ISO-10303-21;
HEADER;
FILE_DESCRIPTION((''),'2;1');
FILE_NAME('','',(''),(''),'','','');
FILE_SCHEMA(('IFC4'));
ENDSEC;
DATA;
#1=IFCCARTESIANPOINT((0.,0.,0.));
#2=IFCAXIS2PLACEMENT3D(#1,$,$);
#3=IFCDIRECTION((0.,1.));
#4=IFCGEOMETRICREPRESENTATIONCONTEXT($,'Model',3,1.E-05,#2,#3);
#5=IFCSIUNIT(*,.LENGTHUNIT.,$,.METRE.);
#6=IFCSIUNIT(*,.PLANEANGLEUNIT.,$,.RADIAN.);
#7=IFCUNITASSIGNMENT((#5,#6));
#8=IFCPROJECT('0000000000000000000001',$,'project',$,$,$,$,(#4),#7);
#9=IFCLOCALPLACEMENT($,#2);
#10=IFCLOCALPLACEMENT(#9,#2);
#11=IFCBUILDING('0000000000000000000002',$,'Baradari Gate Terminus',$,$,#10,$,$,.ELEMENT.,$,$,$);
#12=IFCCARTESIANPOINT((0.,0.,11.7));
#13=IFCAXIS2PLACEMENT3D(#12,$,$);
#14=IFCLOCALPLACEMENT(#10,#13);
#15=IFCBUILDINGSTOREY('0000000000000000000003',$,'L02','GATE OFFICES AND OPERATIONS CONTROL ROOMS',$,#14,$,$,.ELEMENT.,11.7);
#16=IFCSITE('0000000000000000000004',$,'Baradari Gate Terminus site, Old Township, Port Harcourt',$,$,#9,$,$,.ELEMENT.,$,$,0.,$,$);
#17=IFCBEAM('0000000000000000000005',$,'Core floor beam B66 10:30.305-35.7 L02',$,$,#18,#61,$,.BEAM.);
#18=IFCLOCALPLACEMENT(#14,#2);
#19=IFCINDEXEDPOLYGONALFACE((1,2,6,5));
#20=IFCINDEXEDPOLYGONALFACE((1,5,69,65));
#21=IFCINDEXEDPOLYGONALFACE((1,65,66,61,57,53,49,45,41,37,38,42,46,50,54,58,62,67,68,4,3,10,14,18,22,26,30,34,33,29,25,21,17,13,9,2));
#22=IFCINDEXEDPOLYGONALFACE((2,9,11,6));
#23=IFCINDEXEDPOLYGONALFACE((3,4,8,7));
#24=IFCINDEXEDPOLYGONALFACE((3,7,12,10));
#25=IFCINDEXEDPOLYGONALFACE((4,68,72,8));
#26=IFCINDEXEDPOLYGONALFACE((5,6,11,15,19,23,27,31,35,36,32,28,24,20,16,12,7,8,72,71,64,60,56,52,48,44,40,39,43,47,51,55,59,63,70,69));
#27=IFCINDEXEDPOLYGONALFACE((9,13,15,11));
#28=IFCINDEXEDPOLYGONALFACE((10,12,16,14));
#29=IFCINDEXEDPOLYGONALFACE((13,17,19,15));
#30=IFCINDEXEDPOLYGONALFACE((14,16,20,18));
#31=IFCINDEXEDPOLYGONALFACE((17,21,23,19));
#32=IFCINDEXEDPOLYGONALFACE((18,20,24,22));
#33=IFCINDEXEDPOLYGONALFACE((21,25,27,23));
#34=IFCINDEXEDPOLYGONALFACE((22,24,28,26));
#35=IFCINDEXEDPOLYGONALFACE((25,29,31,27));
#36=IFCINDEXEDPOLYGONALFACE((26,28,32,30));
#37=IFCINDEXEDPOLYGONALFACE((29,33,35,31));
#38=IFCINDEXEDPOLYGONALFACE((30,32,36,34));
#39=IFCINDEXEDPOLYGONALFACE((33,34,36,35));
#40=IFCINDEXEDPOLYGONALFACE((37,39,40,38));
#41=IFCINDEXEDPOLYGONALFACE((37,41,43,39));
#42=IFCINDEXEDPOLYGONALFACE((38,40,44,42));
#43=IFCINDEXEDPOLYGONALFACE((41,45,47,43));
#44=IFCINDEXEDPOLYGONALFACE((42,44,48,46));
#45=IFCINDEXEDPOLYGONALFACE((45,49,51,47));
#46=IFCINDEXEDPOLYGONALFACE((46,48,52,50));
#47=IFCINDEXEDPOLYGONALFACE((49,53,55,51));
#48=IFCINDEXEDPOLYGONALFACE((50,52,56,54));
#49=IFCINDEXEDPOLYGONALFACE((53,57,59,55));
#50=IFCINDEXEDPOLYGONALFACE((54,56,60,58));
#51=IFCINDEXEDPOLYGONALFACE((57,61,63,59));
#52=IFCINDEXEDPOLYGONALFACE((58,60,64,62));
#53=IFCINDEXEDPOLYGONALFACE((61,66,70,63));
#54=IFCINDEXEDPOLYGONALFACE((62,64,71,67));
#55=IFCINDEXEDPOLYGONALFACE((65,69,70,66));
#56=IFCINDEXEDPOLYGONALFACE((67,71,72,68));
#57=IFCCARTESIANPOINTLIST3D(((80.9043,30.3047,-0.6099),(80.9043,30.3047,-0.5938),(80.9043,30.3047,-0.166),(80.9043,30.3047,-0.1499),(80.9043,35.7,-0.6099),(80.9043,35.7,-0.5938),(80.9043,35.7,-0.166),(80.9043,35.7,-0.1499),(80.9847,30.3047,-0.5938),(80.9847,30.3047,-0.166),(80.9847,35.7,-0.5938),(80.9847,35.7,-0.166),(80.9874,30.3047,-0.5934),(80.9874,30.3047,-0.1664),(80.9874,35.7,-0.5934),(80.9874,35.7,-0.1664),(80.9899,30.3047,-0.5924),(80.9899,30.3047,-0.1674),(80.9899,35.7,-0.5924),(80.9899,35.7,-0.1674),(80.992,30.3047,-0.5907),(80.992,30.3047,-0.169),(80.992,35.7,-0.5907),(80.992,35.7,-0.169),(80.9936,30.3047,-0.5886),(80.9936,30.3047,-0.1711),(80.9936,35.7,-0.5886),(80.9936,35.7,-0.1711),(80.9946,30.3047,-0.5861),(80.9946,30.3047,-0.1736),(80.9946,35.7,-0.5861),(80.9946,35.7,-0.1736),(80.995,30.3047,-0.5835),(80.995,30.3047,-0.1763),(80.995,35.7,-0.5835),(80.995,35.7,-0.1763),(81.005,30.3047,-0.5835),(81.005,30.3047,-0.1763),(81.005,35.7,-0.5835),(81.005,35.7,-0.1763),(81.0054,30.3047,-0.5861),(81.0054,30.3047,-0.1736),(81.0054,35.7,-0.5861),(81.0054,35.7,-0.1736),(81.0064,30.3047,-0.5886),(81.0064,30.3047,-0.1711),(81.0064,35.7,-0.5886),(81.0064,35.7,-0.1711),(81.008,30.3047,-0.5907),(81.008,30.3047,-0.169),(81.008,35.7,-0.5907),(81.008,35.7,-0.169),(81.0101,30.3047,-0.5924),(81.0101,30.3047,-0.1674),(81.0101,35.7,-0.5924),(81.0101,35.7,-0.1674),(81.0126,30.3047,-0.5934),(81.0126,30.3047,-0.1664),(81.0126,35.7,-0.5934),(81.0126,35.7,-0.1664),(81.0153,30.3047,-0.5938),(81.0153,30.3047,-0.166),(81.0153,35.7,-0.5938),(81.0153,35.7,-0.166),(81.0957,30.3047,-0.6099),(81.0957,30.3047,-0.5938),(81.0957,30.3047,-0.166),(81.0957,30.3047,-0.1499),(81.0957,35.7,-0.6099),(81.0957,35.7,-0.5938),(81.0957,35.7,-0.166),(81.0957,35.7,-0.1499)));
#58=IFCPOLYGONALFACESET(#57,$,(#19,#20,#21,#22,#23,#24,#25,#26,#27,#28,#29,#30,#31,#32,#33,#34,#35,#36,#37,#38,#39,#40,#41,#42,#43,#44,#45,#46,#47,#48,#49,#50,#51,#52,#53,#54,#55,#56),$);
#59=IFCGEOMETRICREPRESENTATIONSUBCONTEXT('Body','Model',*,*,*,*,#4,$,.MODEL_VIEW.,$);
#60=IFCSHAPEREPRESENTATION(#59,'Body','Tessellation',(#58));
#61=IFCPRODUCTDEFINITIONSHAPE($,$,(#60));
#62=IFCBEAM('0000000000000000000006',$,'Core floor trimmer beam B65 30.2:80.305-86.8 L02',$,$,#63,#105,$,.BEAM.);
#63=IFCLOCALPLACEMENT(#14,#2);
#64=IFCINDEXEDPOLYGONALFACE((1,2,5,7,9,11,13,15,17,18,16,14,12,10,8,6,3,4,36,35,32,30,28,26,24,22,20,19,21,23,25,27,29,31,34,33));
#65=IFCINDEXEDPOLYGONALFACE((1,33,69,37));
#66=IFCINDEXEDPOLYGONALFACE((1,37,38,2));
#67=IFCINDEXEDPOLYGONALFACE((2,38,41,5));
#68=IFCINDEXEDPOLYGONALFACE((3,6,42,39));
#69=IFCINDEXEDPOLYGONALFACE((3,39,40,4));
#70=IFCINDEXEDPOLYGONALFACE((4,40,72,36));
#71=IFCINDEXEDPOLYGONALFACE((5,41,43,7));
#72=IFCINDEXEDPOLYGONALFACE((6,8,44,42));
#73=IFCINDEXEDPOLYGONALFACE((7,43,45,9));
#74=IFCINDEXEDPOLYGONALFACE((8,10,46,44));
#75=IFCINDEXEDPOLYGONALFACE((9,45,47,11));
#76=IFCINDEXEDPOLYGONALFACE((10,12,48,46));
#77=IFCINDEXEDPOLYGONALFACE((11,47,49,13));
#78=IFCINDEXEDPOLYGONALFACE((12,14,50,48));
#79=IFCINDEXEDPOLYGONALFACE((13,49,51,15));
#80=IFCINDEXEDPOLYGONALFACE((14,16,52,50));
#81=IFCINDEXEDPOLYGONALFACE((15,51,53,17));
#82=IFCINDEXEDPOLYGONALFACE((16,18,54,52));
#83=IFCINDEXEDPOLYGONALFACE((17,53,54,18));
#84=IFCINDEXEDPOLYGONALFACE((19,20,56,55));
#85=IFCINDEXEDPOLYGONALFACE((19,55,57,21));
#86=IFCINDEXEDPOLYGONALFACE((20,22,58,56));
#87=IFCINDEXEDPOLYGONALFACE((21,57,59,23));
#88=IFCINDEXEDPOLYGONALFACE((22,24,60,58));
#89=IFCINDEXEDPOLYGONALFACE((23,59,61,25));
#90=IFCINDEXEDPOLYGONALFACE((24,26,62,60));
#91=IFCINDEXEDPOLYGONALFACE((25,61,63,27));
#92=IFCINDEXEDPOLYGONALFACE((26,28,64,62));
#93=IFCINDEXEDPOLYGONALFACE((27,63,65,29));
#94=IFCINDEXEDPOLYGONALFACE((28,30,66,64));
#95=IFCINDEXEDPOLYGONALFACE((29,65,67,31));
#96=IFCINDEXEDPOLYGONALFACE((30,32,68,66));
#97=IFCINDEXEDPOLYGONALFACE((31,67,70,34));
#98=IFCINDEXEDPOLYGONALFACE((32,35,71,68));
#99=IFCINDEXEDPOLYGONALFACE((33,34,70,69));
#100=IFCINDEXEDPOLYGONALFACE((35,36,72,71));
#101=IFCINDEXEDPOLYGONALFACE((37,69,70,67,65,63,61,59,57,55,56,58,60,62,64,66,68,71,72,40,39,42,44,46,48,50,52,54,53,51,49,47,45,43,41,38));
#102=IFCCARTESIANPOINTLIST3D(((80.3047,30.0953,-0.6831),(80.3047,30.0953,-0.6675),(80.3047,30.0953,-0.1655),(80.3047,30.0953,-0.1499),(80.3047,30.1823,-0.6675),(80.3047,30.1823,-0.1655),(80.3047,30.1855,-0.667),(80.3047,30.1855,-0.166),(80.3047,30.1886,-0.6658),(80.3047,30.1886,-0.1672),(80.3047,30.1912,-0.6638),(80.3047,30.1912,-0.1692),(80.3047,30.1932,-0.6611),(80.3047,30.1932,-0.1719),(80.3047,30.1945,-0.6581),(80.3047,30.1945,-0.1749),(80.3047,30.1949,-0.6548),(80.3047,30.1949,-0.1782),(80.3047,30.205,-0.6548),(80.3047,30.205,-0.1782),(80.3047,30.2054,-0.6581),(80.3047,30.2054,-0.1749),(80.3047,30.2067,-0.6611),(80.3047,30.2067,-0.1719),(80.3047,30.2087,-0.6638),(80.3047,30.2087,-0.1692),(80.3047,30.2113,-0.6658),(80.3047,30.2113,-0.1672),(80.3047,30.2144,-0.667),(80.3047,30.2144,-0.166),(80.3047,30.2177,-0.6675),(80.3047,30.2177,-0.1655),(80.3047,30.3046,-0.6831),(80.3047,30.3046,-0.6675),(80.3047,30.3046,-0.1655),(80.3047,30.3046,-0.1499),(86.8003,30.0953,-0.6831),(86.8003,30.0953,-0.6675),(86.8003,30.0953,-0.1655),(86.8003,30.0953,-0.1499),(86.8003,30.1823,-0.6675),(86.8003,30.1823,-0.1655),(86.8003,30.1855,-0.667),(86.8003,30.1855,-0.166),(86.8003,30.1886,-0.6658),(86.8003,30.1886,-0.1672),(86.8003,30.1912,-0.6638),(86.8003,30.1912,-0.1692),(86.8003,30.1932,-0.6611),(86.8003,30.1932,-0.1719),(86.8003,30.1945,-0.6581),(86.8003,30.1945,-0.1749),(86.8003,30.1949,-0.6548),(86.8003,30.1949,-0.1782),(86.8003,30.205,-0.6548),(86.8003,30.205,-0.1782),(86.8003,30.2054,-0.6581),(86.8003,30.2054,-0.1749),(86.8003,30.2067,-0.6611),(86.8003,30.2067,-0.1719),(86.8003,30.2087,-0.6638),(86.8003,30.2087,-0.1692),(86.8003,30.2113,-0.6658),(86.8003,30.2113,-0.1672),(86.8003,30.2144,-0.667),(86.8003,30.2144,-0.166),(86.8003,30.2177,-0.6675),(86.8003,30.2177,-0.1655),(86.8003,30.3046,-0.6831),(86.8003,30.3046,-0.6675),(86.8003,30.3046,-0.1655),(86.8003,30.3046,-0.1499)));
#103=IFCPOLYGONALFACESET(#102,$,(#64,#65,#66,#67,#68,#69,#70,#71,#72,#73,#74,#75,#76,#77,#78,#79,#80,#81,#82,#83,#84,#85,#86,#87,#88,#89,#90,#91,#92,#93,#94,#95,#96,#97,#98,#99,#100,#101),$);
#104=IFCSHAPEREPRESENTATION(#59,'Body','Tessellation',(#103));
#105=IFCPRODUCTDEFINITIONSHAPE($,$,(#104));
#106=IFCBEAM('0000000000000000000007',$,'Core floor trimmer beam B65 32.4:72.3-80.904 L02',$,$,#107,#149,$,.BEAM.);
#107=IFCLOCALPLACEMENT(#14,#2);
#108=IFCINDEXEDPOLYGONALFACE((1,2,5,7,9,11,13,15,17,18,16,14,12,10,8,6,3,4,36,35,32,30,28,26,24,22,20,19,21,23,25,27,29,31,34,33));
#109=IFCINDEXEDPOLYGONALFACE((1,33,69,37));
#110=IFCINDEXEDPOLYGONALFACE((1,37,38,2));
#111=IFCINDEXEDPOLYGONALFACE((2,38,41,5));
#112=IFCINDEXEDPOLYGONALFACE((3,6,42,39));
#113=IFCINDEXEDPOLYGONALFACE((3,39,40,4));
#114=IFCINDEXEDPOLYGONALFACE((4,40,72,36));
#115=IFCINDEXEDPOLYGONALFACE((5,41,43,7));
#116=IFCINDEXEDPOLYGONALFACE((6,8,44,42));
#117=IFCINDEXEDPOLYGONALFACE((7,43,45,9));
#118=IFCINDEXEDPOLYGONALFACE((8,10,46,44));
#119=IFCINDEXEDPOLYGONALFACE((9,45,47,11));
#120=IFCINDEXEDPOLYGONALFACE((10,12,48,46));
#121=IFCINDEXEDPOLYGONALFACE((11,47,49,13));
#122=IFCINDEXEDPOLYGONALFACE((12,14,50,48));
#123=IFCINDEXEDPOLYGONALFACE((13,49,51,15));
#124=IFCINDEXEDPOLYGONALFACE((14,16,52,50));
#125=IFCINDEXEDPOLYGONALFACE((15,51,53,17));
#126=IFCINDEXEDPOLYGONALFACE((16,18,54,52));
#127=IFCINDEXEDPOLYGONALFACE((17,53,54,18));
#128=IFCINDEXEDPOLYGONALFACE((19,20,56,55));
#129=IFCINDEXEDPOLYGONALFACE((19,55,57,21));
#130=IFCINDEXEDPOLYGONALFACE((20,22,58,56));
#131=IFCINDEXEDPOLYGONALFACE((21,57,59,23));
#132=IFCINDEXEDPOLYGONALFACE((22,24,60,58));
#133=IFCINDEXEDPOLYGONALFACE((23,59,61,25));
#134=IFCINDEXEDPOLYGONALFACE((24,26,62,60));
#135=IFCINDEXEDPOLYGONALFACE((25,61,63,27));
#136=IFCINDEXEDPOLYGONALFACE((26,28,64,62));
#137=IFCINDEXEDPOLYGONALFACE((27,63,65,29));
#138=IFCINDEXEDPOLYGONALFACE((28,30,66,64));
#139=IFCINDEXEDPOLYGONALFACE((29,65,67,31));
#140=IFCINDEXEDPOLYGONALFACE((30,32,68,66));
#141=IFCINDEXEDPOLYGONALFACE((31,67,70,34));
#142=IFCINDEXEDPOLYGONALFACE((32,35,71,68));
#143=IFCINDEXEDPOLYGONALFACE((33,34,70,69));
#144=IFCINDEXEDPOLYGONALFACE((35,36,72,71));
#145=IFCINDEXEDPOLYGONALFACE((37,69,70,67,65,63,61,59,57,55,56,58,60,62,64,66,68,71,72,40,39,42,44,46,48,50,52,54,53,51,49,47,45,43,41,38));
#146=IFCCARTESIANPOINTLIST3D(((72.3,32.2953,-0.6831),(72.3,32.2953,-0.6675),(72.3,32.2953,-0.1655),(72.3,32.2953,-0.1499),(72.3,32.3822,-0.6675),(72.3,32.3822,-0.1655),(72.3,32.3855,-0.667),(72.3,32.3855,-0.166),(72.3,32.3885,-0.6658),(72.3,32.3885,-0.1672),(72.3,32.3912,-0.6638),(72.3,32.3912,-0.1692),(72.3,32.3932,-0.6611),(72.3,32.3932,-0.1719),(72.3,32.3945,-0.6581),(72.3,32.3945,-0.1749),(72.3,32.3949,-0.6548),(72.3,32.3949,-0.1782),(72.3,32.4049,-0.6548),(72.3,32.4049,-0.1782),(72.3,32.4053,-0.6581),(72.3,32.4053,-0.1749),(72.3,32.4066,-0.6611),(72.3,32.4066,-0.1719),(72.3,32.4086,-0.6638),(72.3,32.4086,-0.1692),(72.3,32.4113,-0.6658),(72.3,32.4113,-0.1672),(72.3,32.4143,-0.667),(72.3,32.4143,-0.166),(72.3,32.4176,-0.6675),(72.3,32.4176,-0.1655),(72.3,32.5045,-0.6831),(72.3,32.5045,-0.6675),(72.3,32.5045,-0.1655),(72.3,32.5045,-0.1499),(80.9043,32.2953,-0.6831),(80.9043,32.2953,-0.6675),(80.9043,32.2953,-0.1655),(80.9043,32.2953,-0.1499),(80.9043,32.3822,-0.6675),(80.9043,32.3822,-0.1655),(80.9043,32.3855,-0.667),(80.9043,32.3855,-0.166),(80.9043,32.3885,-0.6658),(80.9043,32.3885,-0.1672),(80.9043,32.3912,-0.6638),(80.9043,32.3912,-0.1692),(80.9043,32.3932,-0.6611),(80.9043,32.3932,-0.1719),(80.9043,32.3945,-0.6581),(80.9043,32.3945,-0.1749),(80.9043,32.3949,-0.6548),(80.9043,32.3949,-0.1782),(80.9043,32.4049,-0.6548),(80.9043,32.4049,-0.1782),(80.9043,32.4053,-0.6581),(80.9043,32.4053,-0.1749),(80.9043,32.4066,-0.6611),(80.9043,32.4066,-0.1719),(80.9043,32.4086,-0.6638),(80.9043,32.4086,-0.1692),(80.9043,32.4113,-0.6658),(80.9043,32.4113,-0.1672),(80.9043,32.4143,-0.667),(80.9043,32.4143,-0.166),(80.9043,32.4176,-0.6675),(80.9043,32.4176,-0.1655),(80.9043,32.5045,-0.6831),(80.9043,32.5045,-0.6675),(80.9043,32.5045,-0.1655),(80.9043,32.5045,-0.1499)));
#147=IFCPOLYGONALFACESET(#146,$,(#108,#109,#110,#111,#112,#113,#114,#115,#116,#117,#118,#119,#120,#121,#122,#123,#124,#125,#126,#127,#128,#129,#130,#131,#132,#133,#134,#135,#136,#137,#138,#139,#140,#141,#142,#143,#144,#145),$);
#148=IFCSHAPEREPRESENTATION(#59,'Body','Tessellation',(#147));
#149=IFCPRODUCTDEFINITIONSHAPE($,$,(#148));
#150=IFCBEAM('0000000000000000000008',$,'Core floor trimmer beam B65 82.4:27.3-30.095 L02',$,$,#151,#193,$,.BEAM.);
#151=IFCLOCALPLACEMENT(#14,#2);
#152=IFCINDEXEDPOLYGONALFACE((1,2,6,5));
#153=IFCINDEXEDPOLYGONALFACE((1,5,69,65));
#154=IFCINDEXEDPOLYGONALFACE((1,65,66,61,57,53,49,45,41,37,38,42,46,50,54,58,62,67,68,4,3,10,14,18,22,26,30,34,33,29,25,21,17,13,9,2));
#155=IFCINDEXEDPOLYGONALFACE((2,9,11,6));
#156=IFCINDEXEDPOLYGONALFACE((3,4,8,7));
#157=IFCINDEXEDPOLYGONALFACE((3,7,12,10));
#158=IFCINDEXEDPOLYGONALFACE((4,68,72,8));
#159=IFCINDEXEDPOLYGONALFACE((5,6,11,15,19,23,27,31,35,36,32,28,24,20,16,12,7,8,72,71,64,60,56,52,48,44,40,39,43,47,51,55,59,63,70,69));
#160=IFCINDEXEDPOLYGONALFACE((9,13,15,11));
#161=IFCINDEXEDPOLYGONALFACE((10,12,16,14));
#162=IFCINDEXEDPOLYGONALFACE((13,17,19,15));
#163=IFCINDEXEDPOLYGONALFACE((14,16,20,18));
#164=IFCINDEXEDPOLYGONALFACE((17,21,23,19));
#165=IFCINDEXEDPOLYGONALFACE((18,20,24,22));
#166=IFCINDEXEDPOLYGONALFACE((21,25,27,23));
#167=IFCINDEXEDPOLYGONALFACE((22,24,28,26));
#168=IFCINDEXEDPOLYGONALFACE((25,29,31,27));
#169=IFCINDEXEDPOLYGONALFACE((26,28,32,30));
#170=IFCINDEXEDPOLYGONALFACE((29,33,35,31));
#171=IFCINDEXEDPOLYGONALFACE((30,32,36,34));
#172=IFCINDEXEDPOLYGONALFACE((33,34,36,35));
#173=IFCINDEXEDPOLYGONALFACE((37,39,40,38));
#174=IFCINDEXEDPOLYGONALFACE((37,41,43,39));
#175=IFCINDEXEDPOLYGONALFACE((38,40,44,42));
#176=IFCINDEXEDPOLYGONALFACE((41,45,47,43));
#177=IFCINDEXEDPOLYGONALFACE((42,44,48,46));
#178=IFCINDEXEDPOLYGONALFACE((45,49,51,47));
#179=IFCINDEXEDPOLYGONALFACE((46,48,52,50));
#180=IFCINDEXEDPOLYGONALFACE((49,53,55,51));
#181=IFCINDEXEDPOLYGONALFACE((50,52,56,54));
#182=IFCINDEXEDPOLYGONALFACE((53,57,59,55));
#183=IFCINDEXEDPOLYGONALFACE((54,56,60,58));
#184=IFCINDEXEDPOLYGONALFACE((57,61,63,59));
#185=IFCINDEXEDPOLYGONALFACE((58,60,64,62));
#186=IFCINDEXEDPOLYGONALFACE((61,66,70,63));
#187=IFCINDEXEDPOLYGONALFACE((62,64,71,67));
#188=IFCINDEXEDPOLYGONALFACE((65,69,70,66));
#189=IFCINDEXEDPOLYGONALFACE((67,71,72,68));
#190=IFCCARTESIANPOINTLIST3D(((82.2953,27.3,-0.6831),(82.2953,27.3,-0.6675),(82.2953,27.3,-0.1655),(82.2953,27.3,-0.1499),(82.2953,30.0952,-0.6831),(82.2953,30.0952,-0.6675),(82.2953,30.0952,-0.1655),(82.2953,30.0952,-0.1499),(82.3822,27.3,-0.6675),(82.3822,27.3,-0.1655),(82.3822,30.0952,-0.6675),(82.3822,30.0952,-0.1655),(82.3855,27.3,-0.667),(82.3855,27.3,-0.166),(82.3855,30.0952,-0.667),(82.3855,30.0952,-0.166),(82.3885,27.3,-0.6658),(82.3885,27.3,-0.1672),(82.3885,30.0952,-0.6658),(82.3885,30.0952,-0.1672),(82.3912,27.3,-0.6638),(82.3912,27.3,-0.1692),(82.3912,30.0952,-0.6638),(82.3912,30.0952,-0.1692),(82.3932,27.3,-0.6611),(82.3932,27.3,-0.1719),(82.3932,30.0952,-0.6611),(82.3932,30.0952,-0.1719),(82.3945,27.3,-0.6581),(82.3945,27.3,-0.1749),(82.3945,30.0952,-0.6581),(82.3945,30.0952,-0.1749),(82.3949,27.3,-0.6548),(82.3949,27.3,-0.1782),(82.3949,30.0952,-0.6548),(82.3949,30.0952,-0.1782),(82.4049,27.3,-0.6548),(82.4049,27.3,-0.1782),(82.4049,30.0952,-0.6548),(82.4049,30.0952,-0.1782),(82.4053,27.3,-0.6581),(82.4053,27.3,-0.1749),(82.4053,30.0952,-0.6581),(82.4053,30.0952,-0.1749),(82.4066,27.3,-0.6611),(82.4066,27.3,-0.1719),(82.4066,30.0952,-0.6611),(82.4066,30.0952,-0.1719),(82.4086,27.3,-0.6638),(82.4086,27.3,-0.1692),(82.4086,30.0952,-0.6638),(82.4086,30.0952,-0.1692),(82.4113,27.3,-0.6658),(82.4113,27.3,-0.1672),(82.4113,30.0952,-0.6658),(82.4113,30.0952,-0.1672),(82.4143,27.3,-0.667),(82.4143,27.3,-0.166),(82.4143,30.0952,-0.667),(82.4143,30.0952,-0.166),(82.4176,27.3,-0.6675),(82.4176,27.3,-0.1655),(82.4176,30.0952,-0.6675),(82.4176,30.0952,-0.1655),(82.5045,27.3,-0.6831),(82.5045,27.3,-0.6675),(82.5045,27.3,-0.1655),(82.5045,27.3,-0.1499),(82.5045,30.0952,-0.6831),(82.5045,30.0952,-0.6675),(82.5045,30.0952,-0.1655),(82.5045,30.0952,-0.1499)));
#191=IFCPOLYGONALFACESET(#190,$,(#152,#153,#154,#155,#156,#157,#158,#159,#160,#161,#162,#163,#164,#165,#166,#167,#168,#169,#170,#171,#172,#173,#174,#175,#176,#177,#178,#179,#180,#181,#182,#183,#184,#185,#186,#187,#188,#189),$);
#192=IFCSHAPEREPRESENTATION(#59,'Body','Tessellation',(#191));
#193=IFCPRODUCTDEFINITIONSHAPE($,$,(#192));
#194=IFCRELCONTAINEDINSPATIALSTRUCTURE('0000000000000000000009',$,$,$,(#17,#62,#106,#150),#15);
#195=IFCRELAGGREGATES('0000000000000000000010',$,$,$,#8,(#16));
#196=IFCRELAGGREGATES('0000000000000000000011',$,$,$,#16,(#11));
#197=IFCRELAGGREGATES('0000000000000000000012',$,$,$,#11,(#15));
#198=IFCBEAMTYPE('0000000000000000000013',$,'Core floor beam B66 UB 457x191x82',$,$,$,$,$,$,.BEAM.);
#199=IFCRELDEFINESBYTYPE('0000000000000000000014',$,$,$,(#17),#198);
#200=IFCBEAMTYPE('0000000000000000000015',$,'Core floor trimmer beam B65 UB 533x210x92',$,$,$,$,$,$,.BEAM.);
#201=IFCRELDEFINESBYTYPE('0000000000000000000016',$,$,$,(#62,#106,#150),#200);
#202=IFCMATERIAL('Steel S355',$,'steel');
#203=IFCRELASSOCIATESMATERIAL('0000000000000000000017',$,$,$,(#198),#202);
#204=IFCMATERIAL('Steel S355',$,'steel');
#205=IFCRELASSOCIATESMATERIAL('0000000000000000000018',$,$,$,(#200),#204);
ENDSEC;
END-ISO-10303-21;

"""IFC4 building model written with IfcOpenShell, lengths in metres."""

from ifc_helpers import new_model, si_unit, direction, frame, origin, origin_2d, place, context, subcontext, project, spatial, i_section, extrude, material, material_profile, profile_set, type_object, element, save


model = new_model("IFC4")

# Units and contexts
model_context = context("Model", 3, precision=1e-05, world=origin(), true_north=direction((0.0, 1.0)))
body_context = subcontext(model_context, "Body", "Model", "MODEL_VIEW")
ifc_project = project(units=[si_unit("LENGTHUNIT", "METRE"), si_unit("PLANEANGLEUNIT", "RADIAN")], contexts=[model_context])

# Site, building, storey
site_placement = place(None, origin())
site = spatial("IfcSite", under=ifc_project, at=site_placement, Name="Baradari Gate Terminus site, Old Township, Port Harcourt", CompositionType="ELEMENT", RefElevation=0.0)
building_placement = place(site_placement, origin())
building = spatial("IfcBuilding", under=site, at=building_placement, Name="Baradari Gate Terminus", CompositionType="ELEMENT")
storey_placement = place(building_placement, frame((0.0, 0.0, 11.7)))
storey = spatial("IfcBuildingStorey", under=building, at=storey_placement, Name="L02", Description="GATE OFFICES AND OPERATIONS CONTROL ROOMS", CompositionType="ELEMENT", Elevation=11.7)

# Beams
ifc_material_1 = material(Name="Steel S355", Category="steel")
ifc_material_profile_1 = material_profile(ifc_material_1, i_section(OverallWidth=0.1914, OverallDepth=0.46, WebThickness=0.01, FlangeThickness=0.0161, FilletRadius=0.0103, at=origin_2d()), Name="UB 457x191x82")
ifc_profile_set_1 = profile_set([ifc_material_profile_1], Name="Steel S355")
beam_type_1 = type_object("IfcBeamType", Name="Core floor beam B66 UB 457x191x82", PredefinedType="BEAM", material=ifc_profile_set_1)
beam_1_placement = place(storey_placement, frame((81.0, 30.3047, -0.3799), z_axis=(0.0, 1.0, 0.0), x_axis=(-1.0, 0.0, 0.0)))
element("IfcBeam", 1, at=beam_1_placement, inside=storey, type_object=beam_type_1, Name="Core floor beam B66 10:30.305-35.7 L02", PredefinedType="BEAM", context=body_context, shape_type="SweptSolid", body=[
    extrude(i_section(OverallWidth=0.1914, OverallDepth=0.46, WebThickness=0.01, FlangeThickness=0.0161, FilletRadius=0.0103, at=origin_2d()), origin(), (0.0, 0.0, 1.0), 5.3953),
])
ifc_material_2 = material(Name="Steel S355", Category="steel")
ifc_material_profile_2 = material_profile(ifc_material_2, i_section(OverallWidth=0.2092, OverallDepth=0.5332, WebThickness=0.01, FlangeThickness=0.0156, FilletRadius=0.0127, at=origin_2d()), Name="UB 533x210x92")
ifc_profile_set_2 = profile_set([ifc_material_profile_2], Name="Steel S355")
beam_type_2 = type_object("IfcBeamType", Name="Core floor trimmer beam B65 UB 533x210x92", PredefinedType="BEAM", material=ifc_profile_set_2)
beam_2_placement = place(storey_placement, frame((80.3047, 30.2, -0.4165), z_axis=(1.0, 0.0, 0.0), x_axis=(0.0, 1.0, 0.0)))
element("IfcBeam", 2, at=beam_2_placement, inside=storey, type_object=beam_type_2, Name="Core floor trimmer beam B65 30.2:80.305-86.8 L02", PredefinedType="BEAM", context=body_context, shape_type="SweptSolid", body=[
    extrude(i_section(OverallWidth=0.2092, OverallDepth=0.5332, WebThickness=0.01, FlangeThickness=0.0156, FilletRadius=0.0127, at=origin_2d()), origin(), (0.0, 0.0, 1.0), 6.4956),
])
beam_3_placement = place(storey_placement, frame((72.3, 32.3999, -0.4165), z_axis=(1.0, 0.0, 0.0), x_axis=(0.0, 1.0, 0.0)))
element("IfcBeam", 3, at=beam_3_placement, inside=storey, type_object=beam_type_2, Name="Core floor trimmer beam B65 32.4:72.3-80.904 L02", PredefinedType="BEAM", context=body_context, shape_type="SweptSolid", body=[
    extrude(i_section(OverallWidth=0.2092, OverallDepth=0.5332, WebThickness=0.01, FlangeThickness=0.0156, FilletRadius=0.0127, at=origin_2d()), origin(), (0.0, 0.0, 1.0), 8.6042),
])
beam_4_placement = place(storey_placement, frame((82.3999, 27.3, -0.4165), z_axis=(0.0, 1.0, 0.0), x_axis=(-1.0, 0.0, 0.0)))
element("IfcBeam", 4, at=beam_4_placement, inside=storey, type_object=beam_type_2, Name="Core floor trimmer beam B65 82.4:27.3-30.095 L02", PredefinedType="BEAM", context=body_context, shape_type="SweptSolid", body=[
    extrude(i_section(OverallWidth=0.2092, OverallDepth=0.5332, WebThickness=0.01, FlangeThickness=0.0156, FilletRadius=0.0127, at=origin_2d()), origin(), (0.0, 0.0, 1.0), 2.7952),
])

save(model, "model.ifc")
